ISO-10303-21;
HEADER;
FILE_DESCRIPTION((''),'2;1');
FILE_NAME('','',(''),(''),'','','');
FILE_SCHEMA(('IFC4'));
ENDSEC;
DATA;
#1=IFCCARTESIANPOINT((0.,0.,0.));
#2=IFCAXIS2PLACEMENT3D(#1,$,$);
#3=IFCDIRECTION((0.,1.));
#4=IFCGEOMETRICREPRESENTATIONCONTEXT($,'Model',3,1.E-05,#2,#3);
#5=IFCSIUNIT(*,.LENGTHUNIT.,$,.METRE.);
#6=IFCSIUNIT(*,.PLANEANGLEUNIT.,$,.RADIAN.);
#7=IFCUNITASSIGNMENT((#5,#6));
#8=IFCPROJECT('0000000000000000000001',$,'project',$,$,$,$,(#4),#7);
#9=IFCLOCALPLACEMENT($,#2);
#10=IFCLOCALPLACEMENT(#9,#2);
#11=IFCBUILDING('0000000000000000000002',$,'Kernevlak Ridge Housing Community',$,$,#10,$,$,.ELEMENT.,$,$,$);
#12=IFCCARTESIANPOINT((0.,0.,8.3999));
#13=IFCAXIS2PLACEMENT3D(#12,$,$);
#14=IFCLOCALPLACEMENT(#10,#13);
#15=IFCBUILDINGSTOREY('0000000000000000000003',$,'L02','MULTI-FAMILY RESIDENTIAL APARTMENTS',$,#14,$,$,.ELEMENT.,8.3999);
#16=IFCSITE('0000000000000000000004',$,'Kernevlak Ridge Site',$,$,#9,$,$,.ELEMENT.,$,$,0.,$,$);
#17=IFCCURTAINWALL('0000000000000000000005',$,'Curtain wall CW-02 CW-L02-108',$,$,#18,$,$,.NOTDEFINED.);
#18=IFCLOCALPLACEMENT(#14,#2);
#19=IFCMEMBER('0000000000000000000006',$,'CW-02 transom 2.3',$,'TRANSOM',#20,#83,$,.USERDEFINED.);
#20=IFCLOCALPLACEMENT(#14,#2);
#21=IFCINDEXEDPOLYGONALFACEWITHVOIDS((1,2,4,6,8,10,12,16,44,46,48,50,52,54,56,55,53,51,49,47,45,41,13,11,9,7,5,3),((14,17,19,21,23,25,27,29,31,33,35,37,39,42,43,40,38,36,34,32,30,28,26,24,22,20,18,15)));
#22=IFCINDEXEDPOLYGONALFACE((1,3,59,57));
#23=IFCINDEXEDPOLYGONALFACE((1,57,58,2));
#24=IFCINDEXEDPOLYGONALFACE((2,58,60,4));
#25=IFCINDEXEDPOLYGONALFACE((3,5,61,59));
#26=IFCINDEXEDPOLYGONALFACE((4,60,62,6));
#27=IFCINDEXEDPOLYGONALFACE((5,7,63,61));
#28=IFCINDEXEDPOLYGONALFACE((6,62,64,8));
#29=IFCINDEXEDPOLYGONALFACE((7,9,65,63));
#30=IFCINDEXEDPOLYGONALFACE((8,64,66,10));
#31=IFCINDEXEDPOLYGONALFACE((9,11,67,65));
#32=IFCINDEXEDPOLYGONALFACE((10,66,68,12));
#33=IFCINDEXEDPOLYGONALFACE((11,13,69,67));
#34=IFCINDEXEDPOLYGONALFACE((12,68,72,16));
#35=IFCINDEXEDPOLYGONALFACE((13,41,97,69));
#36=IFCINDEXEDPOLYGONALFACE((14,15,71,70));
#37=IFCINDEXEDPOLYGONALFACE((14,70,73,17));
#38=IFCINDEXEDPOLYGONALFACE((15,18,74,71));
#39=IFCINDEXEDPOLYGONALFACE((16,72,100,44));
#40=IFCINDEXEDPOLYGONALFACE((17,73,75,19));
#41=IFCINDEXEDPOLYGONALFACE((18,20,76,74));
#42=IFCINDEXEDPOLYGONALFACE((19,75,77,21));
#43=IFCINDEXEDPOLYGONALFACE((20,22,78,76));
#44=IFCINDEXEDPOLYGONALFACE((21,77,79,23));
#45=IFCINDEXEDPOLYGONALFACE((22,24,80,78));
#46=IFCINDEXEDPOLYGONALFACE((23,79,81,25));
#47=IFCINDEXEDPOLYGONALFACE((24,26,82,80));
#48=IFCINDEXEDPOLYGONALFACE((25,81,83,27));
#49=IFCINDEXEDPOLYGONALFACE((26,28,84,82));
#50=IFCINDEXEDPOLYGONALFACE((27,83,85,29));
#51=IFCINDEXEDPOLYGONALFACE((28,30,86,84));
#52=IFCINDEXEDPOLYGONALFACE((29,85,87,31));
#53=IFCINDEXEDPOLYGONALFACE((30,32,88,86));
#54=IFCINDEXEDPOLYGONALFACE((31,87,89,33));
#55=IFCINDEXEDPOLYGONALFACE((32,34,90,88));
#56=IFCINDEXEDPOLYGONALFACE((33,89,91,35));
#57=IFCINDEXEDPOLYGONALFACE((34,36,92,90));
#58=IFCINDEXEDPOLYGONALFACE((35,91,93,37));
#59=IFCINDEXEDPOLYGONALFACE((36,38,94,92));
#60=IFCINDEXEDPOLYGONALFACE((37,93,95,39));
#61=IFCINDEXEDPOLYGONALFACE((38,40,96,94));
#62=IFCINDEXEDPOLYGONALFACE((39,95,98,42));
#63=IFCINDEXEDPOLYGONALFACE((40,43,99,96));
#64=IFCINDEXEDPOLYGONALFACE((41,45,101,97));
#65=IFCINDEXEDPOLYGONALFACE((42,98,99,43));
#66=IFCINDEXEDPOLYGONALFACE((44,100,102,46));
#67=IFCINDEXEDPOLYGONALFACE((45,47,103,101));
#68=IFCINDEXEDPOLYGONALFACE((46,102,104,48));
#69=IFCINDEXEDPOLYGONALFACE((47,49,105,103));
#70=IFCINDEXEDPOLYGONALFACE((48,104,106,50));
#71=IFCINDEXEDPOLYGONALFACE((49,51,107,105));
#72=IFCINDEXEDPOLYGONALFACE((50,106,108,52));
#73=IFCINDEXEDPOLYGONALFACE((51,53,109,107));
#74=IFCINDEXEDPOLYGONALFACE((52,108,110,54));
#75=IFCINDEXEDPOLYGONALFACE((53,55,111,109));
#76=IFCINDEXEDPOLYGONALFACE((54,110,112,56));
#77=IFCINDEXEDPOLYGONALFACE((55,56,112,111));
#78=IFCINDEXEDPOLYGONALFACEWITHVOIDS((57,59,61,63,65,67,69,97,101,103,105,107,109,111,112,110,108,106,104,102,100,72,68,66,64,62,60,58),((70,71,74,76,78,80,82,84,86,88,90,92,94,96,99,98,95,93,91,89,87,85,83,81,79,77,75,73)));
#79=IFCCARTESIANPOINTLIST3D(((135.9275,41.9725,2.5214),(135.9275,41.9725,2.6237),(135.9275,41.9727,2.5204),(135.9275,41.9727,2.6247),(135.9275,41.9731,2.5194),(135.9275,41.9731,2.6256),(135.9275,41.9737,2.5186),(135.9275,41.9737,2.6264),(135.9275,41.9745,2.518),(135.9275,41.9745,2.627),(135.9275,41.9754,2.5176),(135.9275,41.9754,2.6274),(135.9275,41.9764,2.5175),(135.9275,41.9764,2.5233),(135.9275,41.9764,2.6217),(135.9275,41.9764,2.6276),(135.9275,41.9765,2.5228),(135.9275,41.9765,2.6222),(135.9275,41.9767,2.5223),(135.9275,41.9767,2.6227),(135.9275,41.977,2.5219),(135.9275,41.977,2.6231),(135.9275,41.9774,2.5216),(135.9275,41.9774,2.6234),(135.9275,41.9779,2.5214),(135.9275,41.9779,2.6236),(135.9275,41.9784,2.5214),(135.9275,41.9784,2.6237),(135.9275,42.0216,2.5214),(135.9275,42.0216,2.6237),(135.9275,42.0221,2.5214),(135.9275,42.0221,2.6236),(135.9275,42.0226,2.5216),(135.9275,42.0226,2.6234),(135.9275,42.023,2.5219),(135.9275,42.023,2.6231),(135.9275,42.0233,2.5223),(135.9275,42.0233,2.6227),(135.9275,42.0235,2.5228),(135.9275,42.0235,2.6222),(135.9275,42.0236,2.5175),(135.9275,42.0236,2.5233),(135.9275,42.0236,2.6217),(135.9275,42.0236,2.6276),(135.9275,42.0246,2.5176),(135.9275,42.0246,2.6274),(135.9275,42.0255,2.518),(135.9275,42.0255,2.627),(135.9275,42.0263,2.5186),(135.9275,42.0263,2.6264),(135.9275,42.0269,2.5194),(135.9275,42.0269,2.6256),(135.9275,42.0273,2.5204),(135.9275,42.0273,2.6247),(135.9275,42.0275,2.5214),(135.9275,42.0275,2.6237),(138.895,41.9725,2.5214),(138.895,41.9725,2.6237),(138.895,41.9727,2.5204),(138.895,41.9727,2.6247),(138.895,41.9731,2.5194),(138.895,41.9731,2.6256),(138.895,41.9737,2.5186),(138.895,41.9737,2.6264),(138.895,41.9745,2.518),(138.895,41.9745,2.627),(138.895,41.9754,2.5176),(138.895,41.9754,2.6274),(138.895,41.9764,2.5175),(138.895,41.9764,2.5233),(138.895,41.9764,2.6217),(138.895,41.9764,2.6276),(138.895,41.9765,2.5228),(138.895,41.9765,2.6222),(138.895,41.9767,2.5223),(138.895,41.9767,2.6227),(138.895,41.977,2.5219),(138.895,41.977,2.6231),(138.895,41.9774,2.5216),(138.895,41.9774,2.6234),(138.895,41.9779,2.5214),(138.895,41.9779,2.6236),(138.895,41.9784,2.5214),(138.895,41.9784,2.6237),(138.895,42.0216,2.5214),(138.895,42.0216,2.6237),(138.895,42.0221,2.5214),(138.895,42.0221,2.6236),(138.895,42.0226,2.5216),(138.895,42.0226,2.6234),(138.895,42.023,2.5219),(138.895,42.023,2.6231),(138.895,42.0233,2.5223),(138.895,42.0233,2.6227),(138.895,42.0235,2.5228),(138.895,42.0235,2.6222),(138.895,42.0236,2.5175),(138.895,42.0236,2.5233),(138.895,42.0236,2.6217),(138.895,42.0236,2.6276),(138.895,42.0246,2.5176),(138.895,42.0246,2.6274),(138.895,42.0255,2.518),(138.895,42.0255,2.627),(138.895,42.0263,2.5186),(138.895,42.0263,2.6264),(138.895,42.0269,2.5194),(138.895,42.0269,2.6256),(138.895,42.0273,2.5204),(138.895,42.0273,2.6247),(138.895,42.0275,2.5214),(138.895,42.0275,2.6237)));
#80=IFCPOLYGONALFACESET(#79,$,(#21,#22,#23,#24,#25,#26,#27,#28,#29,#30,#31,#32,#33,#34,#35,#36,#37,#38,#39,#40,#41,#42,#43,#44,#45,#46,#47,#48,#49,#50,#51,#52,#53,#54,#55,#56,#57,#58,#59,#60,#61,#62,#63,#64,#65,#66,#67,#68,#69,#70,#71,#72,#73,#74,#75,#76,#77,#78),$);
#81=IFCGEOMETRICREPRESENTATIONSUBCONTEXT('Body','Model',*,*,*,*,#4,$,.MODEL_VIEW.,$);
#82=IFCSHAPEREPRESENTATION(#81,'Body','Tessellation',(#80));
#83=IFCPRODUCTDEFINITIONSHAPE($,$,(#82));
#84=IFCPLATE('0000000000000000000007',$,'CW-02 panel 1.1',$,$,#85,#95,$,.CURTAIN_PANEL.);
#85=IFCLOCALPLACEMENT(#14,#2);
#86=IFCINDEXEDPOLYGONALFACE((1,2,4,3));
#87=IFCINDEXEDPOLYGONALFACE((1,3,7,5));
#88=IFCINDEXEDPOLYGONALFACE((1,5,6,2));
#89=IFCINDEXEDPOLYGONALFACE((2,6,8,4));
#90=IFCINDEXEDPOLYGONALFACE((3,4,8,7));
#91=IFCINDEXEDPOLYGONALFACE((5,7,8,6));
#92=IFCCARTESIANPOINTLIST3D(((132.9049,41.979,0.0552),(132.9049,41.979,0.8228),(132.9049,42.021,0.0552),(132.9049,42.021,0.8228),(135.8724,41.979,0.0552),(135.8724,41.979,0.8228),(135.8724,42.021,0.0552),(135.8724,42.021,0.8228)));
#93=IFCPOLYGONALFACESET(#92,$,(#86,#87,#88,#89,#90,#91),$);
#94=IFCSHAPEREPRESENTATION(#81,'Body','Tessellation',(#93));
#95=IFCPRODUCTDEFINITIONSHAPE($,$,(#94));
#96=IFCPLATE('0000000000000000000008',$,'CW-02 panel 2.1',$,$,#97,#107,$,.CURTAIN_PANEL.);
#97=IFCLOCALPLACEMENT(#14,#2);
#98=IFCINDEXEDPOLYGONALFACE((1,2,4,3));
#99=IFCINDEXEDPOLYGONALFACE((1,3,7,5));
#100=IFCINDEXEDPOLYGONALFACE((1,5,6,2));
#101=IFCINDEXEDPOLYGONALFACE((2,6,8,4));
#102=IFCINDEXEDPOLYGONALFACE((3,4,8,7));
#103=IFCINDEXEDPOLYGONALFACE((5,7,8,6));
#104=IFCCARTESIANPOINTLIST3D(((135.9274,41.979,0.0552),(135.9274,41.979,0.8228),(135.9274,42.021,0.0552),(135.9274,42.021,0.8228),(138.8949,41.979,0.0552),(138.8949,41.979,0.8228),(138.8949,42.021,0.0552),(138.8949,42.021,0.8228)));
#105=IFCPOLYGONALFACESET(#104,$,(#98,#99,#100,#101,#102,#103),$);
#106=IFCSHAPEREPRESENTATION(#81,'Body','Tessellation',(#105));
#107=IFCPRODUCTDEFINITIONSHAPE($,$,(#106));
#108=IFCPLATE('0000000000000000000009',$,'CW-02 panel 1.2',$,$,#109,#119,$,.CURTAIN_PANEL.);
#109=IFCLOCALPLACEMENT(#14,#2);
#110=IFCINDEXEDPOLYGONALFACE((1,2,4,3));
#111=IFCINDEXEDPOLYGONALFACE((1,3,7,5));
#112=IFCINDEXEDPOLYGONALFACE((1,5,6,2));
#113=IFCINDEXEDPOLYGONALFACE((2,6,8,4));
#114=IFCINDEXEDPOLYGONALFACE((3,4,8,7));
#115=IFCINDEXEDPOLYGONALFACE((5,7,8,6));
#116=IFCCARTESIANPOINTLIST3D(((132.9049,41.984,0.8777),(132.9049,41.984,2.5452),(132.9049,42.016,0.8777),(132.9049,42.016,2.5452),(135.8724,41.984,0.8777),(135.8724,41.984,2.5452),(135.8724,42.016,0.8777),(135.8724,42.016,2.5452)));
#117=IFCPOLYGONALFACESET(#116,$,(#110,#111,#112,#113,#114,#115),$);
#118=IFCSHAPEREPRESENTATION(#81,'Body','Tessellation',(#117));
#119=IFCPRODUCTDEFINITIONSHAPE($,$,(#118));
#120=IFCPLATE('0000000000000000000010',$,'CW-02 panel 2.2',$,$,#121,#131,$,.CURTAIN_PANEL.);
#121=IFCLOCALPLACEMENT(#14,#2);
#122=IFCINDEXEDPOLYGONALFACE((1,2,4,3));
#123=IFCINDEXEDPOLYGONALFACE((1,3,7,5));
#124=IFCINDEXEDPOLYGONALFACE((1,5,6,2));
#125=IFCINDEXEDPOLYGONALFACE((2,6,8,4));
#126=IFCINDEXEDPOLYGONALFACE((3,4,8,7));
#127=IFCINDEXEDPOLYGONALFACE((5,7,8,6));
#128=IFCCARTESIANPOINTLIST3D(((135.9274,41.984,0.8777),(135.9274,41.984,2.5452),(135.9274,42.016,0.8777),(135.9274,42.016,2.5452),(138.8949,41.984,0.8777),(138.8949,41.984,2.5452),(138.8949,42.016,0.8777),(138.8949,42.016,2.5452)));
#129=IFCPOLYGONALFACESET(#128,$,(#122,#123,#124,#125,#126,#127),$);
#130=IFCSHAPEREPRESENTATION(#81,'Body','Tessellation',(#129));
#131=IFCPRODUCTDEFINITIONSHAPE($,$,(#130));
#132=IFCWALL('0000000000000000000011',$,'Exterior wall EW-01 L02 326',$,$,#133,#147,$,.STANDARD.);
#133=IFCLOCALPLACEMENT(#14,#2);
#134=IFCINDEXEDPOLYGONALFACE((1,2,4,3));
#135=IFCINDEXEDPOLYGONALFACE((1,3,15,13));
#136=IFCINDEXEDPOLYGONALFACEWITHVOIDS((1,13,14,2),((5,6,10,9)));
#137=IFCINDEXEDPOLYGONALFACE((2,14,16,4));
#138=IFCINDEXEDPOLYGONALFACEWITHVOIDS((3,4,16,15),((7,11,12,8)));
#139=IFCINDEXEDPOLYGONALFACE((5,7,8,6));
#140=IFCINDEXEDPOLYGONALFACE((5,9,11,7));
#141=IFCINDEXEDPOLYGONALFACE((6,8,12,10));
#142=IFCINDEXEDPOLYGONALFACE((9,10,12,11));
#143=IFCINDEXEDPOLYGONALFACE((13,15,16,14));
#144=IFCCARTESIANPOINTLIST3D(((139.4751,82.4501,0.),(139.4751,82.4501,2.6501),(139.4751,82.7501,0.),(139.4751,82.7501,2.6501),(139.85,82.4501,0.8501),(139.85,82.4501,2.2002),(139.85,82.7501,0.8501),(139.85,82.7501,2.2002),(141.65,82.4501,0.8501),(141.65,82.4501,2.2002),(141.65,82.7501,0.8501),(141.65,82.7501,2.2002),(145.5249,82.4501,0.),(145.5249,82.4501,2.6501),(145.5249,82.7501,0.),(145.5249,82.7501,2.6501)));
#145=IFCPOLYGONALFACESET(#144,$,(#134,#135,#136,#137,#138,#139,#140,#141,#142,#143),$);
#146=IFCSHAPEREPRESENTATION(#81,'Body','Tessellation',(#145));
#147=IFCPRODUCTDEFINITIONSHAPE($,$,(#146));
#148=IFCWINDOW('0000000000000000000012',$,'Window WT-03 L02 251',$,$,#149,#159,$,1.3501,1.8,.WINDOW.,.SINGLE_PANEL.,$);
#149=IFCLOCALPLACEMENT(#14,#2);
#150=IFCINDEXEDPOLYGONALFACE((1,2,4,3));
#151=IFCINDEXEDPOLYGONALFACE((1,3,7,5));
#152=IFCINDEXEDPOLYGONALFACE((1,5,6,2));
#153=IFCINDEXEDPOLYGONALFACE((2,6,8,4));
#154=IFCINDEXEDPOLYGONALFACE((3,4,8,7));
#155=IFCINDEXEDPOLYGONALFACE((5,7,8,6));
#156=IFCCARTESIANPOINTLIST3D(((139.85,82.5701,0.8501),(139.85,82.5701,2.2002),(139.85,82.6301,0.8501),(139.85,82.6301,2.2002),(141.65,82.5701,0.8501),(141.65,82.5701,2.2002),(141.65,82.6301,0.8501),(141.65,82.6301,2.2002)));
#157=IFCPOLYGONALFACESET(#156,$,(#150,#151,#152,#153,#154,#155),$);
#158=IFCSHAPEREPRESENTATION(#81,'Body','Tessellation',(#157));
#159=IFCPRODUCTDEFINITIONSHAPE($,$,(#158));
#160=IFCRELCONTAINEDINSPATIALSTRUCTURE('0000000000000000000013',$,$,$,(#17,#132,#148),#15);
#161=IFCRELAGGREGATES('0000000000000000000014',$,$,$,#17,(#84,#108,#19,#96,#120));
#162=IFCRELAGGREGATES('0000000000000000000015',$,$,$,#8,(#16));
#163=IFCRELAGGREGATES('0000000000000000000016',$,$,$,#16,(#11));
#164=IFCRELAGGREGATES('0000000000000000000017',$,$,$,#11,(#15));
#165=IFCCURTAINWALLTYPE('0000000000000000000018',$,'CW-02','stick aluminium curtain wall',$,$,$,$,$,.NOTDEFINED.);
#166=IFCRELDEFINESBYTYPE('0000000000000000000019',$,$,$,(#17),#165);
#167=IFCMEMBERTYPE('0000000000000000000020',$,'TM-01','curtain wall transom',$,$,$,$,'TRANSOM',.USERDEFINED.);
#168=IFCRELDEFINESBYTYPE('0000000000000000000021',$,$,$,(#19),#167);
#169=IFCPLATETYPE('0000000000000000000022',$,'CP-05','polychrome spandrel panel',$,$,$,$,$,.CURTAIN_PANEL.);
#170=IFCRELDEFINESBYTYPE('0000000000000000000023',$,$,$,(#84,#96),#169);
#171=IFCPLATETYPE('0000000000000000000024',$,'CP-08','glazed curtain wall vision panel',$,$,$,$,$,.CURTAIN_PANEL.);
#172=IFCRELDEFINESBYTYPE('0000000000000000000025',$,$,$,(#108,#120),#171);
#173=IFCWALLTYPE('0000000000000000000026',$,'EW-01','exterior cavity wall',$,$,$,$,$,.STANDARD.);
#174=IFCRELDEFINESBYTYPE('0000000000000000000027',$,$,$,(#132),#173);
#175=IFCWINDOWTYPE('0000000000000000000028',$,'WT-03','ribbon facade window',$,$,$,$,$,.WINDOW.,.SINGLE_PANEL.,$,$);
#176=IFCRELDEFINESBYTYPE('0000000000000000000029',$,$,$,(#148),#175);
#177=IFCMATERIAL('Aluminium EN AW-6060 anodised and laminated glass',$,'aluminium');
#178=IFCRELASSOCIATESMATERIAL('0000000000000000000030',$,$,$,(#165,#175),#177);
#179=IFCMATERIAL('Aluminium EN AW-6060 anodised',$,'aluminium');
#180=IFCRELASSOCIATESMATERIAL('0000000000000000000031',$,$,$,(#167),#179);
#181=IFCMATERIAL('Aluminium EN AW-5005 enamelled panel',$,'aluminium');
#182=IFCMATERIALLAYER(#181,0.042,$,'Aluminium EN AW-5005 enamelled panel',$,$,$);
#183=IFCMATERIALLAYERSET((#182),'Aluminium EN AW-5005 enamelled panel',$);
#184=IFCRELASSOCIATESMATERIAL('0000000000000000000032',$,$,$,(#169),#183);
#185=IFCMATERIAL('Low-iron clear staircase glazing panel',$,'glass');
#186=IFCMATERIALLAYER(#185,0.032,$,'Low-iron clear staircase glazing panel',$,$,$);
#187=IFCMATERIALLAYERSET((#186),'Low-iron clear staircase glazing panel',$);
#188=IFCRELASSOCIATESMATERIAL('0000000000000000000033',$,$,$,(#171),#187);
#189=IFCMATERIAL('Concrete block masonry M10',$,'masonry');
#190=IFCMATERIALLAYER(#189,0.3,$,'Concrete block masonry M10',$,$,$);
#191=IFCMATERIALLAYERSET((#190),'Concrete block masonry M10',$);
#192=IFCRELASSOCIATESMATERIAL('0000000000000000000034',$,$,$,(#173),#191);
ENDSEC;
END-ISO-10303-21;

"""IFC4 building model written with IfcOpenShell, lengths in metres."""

from ifc_helpers import new_model, si_unit, direction, frame, frame_2d, origin, origin_2d, place, context, subcontext, project, spatial, rectangle, hollow_rectangle, extrude, material, layer, layer_set, material_profile, profile_set, type_object, element, fill, aggregate, save


model = new_model("IFC4")

# Units and contexts
model_context = context("Model", 3, precision=1e-05, world=origin(), true_north=direction((0.0, 1.0)))
body_context = subcontext(model_context, "Body", "Model", "MODEL_VIEW")
ifc_project = project(units=[si_unit("LENGTHUNIT", "METRE"), si_unit("PLANEANGLEUNIT", "RADIAN")], contexts=[model_context])

# Site, building, storey
site_placement = place(None, origin())
site = spatial("IfcSite", under=ifc_project, at=site_placement, Name="Kernevlak Ridge Site", CompositionType="ELEMENT", RefElevation=0.0)
building_placement = place(site_placement, origin())
building = spatial("IfcBuilding", under=site, at=building_placement, Name="Kernevlak Ridge Housing Community", CompositionType="ELEMENT")
storey_placement = place(building_placement, frame((0.0, 0.0, 8.3999)))
storey = spatial("IfcBuildingStorey", under=building, at=storey_placement, Name="L02", Description="MULTI-FAMILY RESIDENTIAL APARTMENTS", CompositionType="ELEMENT", Elevation=8.3999)

# Curtain wall
ifc_material_1 = material(Name="Aluminium EN AW-6060 anodised and laminated glass", Category="aluminium")
curtain_wall_type = type_object("IfcCurtainWallType", Name="CW-02", Description="stick aluminium curtain wall", PredefinedType="NOTDEFINED", material=ifc_material_1)
curtain_wall_placement = place(storey_placement, origin())
curtain_wall = element("IfcCurtainWall", 1, at=curtain_wall_placement, inside=storey, type_object=curtain_wall_type, Name="Curtain wall CW-02 CW-L02-108", PredefinedType="NOTDEFINED")
ifc_material_2 = material(Name="Aluminium EN AW-6060 anodised", Category="aluminium")

# Member
ifc_material_profile_1 = material_profile(ifc_material_2, hollow_rectangle(XDim=0.0549, YDim=0.1101, WallThickness=0.0039, InnerFilletRadius=0.002, OuterFilletRadius=0.0039, at=origin_2d()), Name="ALU 55x110x4")
ifc_profile_set_1 = profile_set([ifc_material_profile_1], Name="Aluminium EN AW-6060 anodised")
member_type_1 = type_object("IfcMemberType", Name="TM-01", Description="curtain wall transom", ElementType="TRANSOM", PredefinedType="USERDEFINED", material=ifc_profile_set_1)
member_1_placement = place(storey_placement, frame((135.9275, 42.0, 2.5725), z_axis=(1.0, 0.0, 0.0), x_axis=(0.0, 1.0, 0.0)))
member_1 = element("IfcMember", 2, at=member_1_placement, type_object=member_type_1, Name="CW-02 transom 2.3", ObjectType="TRANSOM", PredefinedType="USERDEFINED", context=body_context, shape_type="SweptSolid", body=[
    extrude(hollow_rectangle(XDim=0.0549, YDim=0.1101, WallThickness=0.0039, InnerFilletRadius=0.002, OuterFilletRadius=0.0039, at=origin_2d()), origin(), (0.0, 0.0, 1.0), 2.9675),
])

# Plates
ifc_material_3 = material(Name="Aluminium EN AW-5005 enamelled panel", Category="aluminium")
ifc_layer_1 = layer(ifc_material_3, 0.042, Name="Aluminium EN AW-5005 enamelled panel")
ifc_layer_set_1 = layer_set([ifc_layer_1], Name="Aluminium EN AW-5005 enamelled panel")
plate_type_1 = type_object("IfcPlateType", Name="CP-05", Description="polychrome spandrel panel", PredefinedType="CURTAIN_PANEL", material=ifc_layer_set_1)
plate_1_placement = place(storey_placement, frame((134.3887, 42.0, 0.0552), z_axis=(0.0, 0.0, 1.0), x_axis=(1.0, 0.0, 0.0)))
plate_1 = element("IfcPlate", 3, at=plate_1_placement, type_object=plate_type_1, Name="CW-02 panel 1.1", PredefinedType="CURTAIN_PANEL", context=body_context, shape_type="SweptSolid", body=[
    extrude(rectangle(XDim=2.9675, YDim=0.042, at=origin_2d()), origin(), (0.0, 0.0, 1.0), 0.7676),
])
plate_2_placement = place(storey_placement, frame((137.4111, 42.0, 0.0552), z_axis=(0.0, 0.0, 1.0), x_axis=(1.0, 0.0, 0.0)))
plate_2 = element("IfcPlate", 4, at=plate_2_placement, type_object=plate_type_1, Name="CW-02 panel 2.1", PredefinedType="CURTAIN_PANEL", context=body_context, shape_type="SweptSolid", body=[
    extrude(rectangle(XDim=2.9675, YDim=0.042, at=origin_2d()), origin(), (0.0, 0.0, 1.0), 0.7676),
])
ifc_material_4 = material(Name="Low-iron clear staircase glazing panel", Category="glass")
ifc_layer_2 = layer(ifc_material_4, 0.032, Name="Low-iron clear staircase glazing panel")
ifc_layer_set_2 = layer_set([ifc_layer_2], Name="Low-iron clear staircase glazing panel")
plate_type_2 = type_object("IfcPlateType", Name="CP-08", Description="glazed curtain wall vision panel", PredefinedType="CURTAIN_PANEL", material=ifc_layer_set_2)
plate_3_placement = place(storey_placement, frame((134.3887, 42.0, 0.8777), z_axis=(0.0, 0.0, 1.0), x_axis=(1.0, 0.0, 0.0)))
plate_3 = element("IfcPlate", 5, at=plate_3_placement, type_object=plate_type_2, Name="CW-02 panel 1.2", PredefinedType="CURTAIN_PANEL", context=body_context, shape_type="SweptSolid", body=[
    extrude(rectangle(XDim=2.9675, YDim=0.032, at=origin_2d()), origin(), (0.0, 0.0, 1.0), 1.6675),
])
plate_4_placement = place(storey_placement, frame((137.4111, 42.0, 0.8777), z_axis=(0.0, 0.0, 1.0), x_axis=(1.0, 0.0, 0.0)))
plate_4 = element("IfcPlate", 6, at=plate_4_placement, type_object=plate_type_2, Name="CW-02 panel 2.2", PredefinedType="CURTAIN_PANEL", context=body_context, shape_type="SweptSolid", body=[
    extrude(rectangle(XDim=2.9675, YDim=0.032, at=origin_2d()), origin(), (0.0, 0.0, 1.0), 1.6675),
])
aggregate(curtain_wall, [plate_1, plate_3, member_1, plate_2, plate_4])

# Wall, opening, window
ifc_material_5 = material(Name="Concrete block masonry M10", Category="masonry")
ifc_layer_3 = layer(ifc_material_5, 0.3, Name="Concrete block masonry M10")
ifc_layer_set_3 = layer_set([ifc_layer_3], Name="Concrete block masonry M10")
wall_type_1 = type_object("IfcWallType", Name="EW-01", Description="exterior cavity wall", PredefinedType="STANDARD", material=ifc_layer_set_3)
wall_1_placement = place(storey_placement, frame((139.4751, 82.6001, 0.0), z_axis=(0.0, 0.0, 1.0), x_axis=(1.0, 0.0, 0.0)))
wall_1 = element("IfcWall", 7, at=wall_1_placement, inside=storey, type_object=wall_type_1, Name="Exterior wall EW-01 L02 326", PredefinedType="STANDARD", context=body_context, shape_type="SweptSolid", body=[
    extrude(rectangle(XDim=6.0498, YDim=0.3, at=frame_2d((3.0249, 0.0))), origin(), (0.0, 0.0, 1.0), 2.6501),
])
opening_1_placement = place(wall_1_placement, frame((0.375, 0.0, 0.8501)))
opening_1 = element("IfcOpeningElement", 8, at=opening_1_placement, cuts=wall_1, PredefinedType="OPENING", context=body_context, shape_type="SweptSolid", body=[
    extrude(rectangle(XDim=1.8, YDim=1.3501, at=frame_2d((0.8999, 0.675))), frame((0.0, 0.1599, 0.0), z_axis=(0.0, -1.0, 0.0), x_axis=(1.0, 0.0, 0.0)), (0.0, 0.0, 1.0), 0.3201),
])
window_type_1 = type_object("IfcWindowType", Name="WT-03", Description="ribbon facade window", PartitioningType="SINGLE_PANEL", PredefinedType="WINDOW", material=ifc_material_1)
window_1_placement = place(opening_1_placement, origin())
window_1 = element("IfcWindow", 9, at=window_1_placement, inside=storey, type_object=window_type_1, Name="Window WT-03 L02 251", OverallHeight=1.3501, OverallWidth=1.8, PartitioningType="SINGLE_PANEL", PredefinedType="WINDOW", context=body_context, shape_type="SweptSolid", body=[
    extrude(rectangle(XDim=1.8, YDim=1.3501, at=frame_2d((0.8999, 0.675))), frame((0.0, 0.03, 0.0), z_axis=(0.0, -1.0, 0.0), x_axis=(1.0, 0.0, 0.0)), (0.0, 0.0, 1.0), 0.0601),
])
fill(opening_1, window_1)

save(model, "model.ifc")
